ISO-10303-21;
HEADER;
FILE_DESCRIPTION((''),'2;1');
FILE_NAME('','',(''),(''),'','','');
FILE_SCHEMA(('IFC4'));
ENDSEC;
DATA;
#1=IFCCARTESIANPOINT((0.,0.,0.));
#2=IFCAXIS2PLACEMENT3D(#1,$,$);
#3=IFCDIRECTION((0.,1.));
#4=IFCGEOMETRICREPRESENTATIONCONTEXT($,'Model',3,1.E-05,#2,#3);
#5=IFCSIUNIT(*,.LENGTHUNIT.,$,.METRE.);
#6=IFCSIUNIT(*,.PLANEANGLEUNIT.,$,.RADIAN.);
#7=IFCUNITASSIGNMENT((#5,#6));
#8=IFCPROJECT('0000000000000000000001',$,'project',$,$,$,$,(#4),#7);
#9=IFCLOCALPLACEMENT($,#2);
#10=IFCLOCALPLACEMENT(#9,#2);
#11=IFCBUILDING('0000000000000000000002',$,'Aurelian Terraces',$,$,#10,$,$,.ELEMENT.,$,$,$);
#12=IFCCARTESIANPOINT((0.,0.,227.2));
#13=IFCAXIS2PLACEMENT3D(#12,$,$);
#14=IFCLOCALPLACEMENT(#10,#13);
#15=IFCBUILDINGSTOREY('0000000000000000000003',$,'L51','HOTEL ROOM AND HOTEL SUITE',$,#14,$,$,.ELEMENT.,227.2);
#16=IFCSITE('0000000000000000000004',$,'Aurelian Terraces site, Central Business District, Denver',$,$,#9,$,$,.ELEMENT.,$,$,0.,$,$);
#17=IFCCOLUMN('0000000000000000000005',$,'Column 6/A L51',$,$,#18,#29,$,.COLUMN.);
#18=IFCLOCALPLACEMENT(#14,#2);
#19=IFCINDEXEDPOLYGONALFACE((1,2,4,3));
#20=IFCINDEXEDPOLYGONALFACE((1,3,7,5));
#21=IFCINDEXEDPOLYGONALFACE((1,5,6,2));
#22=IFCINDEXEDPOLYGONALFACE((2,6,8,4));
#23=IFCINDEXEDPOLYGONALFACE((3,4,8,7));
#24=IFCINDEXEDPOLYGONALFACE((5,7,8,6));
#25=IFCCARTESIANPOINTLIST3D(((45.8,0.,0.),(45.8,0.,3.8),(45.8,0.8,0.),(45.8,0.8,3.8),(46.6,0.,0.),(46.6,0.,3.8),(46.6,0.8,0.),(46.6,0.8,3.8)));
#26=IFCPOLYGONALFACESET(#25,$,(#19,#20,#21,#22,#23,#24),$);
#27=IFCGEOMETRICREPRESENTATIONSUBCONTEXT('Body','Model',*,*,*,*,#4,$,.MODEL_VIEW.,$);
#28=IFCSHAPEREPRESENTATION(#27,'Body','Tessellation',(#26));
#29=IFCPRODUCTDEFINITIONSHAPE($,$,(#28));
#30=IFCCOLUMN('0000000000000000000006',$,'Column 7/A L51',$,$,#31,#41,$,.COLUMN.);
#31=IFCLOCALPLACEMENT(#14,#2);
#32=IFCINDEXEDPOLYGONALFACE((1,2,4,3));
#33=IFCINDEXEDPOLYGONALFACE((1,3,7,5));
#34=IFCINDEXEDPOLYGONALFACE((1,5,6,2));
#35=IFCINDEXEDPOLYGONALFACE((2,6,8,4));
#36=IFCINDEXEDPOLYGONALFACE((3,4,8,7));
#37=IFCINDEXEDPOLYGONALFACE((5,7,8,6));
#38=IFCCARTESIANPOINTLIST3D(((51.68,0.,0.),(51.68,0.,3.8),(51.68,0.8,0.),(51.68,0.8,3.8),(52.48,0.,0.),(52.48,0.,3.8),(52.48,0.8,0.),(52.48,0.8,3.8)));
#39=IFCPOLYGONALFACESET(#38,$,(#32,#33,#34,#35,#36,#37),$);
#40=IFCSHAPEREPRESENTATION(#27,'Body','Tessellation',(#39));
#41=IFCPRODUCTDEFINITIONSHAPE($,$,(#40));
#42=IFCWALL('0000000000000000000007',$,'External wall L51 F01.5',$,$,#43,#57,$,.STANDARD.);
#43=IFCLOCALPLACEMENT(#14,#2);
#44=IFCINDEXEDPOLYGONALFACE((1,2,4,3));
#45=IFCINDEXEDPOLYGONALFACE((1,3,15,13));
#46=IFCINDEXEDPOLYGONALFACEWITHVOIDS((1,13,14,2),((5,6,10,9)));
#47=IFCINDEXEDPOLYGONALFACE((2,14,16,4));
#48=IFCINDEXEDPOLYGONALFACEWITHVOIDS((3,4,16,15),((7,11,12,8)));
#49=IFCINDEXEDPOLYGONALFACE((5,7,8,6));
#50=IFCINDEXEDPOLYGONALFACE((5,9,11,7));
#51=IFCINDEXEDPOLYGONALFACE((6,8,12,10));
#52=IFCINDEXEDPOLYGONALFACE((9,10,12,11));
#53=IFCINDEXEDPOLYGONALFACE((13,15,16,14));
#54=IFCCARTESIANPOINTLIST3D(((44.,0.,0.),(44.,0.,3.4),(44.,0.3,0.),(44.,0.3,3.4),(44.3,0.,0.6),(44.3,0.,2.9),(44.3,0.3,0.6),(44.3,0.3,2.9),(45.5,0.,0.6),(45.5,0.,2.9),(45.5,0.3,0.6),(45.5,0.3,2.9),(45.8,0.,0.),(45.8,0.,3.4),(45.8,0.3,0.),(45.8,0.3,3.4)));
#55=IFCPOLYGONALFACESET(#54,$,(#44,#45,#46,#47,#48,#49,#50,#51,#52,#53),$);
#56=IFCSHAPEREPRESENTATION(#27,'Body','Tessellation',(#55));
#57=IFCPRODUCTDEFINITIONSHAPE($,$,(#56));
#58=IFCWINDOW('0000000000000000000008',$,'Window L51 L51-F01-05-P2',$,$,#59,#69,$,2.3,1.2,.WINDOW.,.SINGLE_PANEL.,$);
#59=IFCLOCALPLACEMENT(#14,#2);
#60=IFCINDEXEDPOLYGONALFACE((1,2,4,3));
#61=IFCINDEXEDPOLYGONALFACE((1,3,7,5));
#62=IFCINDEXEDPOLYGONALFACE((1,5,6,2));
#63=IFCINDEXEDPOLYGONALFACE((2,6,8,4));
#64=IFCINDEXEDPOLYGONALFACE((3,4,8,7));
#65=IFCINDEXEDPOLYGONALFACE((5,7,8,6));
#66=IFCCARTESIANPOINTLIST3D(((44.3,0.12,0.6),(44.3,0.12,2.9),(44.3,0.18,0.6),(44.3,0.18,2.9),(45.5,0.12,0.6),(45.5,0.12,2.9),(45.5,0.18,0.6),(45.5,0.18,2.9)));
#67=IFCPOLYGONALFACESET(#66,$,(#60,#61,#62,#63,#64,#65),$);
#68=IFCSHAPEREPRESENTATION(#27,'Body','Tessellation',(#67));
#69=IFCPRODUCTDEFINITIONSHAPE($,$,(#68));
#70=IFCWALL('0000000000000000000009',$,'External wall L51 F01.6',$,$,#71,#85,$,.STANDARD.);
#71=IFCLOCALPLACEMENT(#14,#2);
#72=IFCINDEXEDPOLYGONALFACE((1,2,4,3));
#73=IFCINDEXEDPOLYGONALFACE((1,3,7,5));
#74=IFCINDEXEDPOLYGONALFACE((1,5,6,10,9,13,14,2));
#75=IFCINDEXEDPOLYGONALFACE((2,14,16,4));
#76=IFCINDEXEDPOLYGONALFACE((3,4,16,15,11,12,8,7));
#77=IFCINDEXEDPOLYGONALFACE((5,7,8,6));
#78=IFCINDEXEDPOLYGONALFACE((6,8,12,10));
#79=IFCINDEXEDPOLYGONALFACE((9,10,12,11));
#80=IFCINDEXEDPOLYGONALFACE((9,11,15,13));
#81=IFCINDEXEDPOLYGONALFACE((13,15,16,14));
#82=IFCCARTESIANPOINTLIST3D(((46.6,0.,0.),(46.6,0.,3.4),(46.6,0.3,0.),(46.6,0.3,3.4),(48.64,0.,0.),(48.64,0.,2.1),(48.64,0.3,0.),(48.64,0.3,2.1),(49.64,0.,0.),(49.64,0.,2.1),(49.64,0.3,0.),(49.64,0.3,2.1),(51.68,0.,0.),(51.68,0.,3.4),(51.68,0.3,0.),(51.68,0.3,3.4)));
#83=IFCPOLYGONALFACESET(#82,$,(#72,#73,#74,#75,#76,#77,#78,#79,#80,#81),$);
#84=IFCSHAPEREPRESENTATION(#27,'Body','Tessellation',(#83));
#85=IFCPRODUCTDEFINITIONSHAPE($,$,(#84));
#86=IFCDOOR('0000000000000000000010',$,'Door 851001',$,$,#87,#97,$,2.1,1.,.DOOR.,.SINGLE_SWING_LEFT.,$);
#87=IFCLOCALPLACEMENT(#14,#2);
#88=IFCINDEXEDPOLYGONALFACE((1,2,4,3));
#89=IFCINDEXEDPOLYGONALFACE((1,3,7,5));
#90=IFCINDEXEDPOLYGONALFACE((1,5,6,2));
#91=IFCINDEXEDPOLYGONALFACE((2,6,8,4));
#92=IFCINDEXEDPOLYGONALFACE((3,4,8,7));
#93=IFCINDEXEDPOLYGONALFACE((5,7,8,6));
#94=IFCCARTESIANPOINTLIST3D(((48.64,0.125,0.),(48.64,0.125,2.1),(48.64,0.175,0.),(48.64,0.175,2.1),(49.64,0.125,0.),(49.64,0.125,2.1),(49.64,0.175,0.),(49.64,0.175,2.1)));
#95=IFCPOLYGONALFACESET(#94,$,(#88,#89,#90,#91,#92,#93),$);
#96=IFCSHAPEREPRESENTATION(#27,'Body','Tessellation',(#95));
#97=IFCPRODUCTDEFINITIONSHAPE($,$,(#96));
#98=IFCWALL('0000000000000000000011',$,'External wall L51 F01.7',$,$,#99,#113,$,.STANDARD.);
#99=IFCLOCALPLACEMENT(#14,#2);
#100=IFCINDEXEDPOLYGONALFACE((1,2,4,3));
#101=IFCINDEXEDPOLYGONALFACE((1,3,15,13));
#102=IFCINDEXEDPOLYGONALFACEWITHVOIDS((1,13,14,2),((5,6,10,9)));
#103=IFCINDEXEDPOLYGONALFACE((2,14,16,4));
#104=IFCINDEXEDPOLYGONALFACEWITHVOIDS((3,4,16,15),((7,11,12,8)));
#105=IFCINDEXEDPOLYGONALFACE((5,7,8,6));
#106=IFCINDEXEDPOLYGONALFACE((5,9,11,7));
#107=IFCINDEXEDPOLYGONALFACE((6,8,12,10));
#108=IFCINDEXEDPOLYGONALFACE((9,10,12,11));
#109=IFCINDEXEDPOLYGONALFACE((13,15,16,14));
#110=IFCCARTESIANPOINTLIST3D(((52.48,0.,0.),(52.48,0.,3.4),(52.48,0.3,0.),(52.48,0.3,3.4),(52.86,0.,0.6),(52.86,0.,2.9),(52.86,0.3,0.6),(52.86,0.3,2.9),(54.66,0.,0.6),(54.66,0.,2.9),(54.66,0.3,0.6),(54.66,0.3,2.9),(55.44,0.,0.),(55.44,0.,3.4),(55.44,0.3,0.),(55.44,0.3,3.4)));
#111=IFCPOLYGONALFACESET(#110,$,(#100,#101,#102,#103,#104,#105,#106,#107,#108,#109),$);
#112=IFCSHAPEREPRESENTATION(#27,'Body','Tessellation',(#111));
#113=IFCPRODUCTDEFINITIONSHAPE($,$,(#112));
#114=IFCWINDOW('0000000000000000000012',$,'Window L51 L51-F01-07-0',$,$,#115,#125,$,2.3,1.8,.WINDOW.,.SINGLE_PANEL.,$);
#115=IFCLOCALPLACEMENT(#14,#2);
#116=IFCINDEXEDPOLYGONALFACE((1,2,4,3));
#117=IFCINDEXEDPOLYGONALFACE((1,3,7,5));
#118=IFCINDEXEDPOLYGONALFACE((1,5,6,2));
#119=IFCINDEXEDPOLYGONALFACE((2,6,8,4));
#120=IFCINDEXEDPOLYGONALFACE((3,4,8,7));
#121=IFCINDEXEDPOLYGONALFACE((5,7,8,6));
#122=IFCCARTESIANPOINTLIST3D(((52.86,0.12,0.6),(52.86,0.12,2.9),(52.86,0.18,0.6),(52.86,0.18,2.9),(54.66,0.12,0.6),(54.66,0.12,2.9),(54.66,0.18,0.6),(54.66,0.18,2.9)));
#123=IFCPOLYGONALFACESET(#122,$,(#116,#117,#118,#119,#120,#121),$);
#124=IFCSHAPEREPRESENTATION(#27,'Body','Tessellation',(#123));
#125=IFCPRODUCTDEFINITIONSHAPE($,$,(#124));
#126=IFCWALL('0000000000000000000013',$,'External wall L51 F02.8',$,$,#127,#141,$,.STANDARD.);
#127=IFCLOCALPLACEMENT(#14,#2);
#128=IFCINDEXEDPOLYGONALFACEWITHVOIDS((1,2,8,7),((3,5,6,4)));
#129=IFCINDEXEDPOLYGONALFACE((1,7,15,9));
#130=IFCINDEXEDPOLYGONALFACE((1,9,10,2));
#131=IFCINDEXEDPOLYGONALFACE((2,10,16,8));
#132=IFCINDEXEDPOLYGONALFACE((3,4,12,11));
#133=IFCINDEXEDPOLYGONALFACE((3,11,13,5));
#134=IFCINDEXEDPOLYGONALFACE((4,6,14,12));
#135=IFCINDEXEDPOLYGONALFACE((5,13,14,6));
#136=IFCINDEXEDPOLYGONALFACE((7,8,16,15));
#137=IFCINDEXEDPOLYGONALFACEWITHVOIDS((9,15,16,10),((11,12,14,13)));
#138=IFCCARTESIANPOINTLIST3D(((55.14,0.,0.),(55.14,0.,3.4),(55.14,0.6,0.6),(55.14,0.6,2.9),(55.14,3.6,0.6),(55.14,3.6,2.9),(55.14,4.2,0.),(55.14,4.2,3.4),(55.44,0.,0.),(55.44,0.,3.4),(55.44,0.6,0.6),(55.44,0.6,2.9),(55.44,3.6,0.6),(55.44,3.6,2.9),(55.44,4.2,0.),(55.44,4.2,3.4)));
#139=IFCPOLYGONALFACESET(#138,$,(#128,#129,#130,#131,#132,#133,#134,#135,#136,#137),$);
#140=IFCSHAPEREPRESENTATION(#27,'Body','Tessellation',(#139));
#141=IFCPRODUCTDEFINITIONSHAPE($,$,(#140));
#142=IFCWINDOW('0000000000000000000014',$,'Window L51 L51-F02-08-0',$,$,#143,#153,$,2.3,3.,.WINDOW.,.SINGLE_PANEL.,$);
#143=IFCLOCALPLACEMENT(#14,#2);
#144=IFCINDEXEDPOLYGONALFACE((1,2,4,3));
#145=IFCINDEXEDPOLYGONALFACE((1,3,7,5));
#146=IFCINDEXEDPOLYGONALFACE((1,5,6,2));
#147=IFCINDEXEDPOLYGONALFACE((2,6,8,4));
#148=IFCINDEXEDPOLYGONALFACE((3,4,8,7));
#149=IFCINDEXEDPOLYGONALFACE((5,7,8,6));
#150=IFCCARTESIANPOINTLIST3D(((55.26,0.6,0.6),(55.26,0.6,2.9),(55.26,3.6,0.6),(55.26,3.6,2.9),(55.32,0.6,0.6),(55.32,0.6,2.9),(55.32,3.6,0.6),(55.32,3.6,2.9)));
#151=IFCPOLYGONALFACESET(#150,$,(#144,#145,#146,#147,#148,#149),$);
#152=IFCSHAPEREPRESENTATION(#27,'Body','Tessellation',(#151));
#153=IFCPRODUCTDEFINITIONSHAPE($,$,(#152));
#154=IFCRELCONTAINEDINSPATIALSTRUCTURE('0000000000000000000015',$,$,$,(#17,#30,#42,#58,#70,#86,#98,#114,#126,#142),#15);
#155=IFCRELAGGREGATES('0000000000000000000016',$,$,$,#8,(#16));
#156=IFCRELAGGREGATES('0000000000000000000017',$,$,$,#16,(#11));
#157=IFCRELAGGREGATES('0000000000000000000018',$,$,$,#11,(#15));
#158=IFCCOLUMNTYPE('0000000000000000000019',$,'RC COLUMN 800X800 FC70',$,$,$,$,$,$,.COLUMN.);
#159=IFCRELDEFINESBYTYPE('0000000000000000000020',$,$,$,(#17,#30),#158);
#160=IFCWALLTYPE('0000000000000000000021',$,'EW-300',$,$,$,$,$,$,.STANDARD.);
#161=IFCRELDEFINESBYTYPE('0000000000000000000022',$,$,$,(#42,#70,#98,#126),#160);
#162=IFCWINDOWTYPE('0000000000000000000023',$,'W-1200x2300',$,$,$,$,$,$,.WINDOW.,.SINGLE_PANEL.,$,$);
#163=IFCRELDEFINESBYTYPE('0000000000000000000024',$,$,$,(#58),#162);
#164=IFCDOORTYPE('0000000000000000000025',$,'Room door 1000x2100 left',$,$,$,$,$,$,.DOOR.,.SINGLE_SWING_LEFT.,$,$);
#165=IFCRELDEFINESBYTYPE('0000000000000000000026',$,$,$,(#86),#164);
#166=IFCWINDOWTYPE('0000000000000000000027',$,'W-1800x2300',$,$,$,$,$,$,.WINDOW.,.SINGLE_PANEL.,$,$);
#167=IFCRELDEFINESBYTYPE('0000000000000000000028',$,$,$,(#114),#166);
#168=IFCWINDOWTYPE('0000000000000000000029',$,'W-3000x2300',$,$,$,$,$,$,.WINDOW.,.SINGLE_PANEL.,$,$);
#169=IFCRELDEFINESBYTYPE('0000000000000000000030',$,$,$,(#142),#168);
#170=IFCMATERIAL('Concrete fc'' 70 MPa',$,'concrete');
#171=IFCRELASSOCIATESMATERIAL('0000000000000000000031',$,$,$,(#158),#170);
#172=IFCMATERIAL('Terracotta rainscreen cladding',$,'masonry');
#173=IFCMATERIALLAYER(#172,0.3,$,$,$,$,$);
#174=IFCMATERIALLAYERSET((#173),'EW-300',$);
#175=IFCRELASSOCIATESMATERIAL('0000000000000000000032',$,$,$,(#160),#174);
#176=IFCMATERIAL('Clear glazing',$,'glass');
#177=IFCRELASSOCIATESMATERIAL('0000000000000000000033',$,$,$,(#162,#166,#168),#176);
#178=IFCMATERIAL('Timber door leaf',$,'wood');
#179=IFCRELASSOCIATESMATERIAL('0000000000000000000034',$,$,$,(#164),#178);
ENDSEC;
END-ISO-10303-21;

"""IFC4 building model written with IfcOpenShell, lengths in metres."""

from ifc_helpers import new_model, si_unit, direction, frame, frame_2d, origin, origin_2d, place, context, subcontext, project, spatial, rectangle, extrude, source, transform, mapped, material, layer, layer_set, material_profile, profile_set, type_object, element, fill, save


model = new_model("IFC4")

# Units and contexts
model_context = context("Model", 3, precision=1e-05, world=origin(), true_north=direction((0.0, 1.0)))
body_context = subcontext(model_context, "Body", "Model", "MODEL_VIEW")
ifc_project = project(units=[si_unit("LENGTHUNIT", "METRE"), si_unit("PLANEANGLEUNIT", "RADIAN")], contexts=[model_context])

# Site, building, storey
site_placement = place(None, origin())
site = spatial("IfcSite", under=ifc_project, at=site_placement, Name="Aurelian Terraces site, Central Business District, Denver", CompositionType="ELEMENT", RefElevation=0.0)
building_placement = place(site_placement, origin())
building = spatial("IfcBuilding", under=site, at=building_placement, Name="Aurelian Terraces", CompositionType="ELEMENT")
storey_placement = place(building_placement, frame((0.0, 0.0, 227.2)))
storey = spatial("IfcBuildingStorey", under=building, at=storey_placement, Name="L51", Description="HOTEL ROOM AND HOTEL SUITE", CompositionType="ELEMENT", Elevation=227.2)

# Columns
ifc_material_1 = material(Name="Concrete fc' 70 MPa", Category="concrete")
ifc_material_profile = material_profile(ifc_material_1, rectangle(XDim=0.8, YDim=0.8, at=origin_2d()))
ifc_profile_set = profile_set([ifc_material_profile], Name="Concrete fc' 70 MPa")
column_type = type_object("IfcColumnType", Name="RC COLUMN 800X800 FC70", PredefinedType="COLUMN", material=ifc_profile_set)
shared_shape_1 = source(origin(), body_context, "Body", "SweptSolid", [
    extrude(rectangle(XDim=0.8, YDim=0.8, at=origin_2d()), origin(), (0.0, 0.0, 1.0), 3.8),
])
for number, where, z_axis, x_axis, name in (
    (1, (46.2, 0.4, 0.0), (0.0, 0.0, 1.0), (1.0, 0.0, 0.0), "Column 6/A L51"),
    (2, (52.08, 0.4, 0.0), (0.0, 0.0, 1.0), (1.0, 0.0, 0.0), "Column 7/A L51"),
):
    element("IfcColumn", number, at=place(storey_placement, frame(where, z_axis=z_axis, x_axis=x_axis)), inside=storey, type_object=column_type, Name=name, PredefinedType="COLUMN", context=body_context, shape_type="MappedRepresentation", body=[
        mapped(shared_shape_1, transform((0.0, 0.0, 0.0), scale=1.0)),
    ])

# Wall, opening, window
ifc_material_2 = material(Name="Terracotta rainscreen cladding", Category="masonry")
ifc_layer_1 = layer(ifc_material_2, 0.3)
ifc_layer_set_1 = layer_set([ifc_layer_1], Name="EW-300")
wall_type_1 = type_object("IfcWallType", Name="EW-300", PredefinedType="STANDARD", material=ifc_layer_set_1)
wall_1_placement = place(storey_placement, frame((44.0, 0.15, 0.0), z_axis=(0.0, 0.0, 1.0), x_axis=(1.0, 0.0, 0.0)))
wall_1 = element("IfcWall", 3, at=wall_1_placement, inside=storey, type_object=wall_type_1, Name="External wall L51 F01.5", PredefinedType="STANDARD", context=body_context, shape_type="SweptSolid", body=[
    extrude(rectangle(XDim=1.8, YDim=0.3, at=frame_2d((0.9, 0.0))), origin(), (0.0, 0.0, 1.0), 3.4),
])
shared_shape_2 = source(origin(), body_context, "Body", "SweptSolid", [
    extrude(rectangle(XDim=1.2, YDim=2.3, at=frame_2d((0.6, 1.15))), frame((0.0, 0.16, 0.0), z_axis=(0.0, -1.0, 0.0), x_axis=(1.0, 0.0, 0.0)), (0.0, 0.0, 1.0), 0.32),
])
opening_1_placement = place(wall_1_placement, frame((0.3, 0.0, 0.6)))
opening_1 = element("IfcOpeningElement", 4, at=opening_1_placement, cuts=wall_1, PredefinedType="OPENING", context=body_context, shape_type="MappedRepresentation", body=[
    mapped(shared_shape_2, transform((0.0, 0.0, 0.0), scale=1.0)),
])
ifc_material_3 = material(Name="Clear glazing", Category="glass")
window_type_1 = type_object("IfcWindowType", Name="W-1200x2300", PartitioningType="SINGLE_PANEL", PredefinedType="WINDOW", material=ifc_material_3)
shared_shape_3 = source(origin(), body_context, "Body", "SweptSolid", [
    extrude(rectangle(XDim=1.2, YDim=2.3, at=frame_2d((0.6, 1.15))), frame((0.0, 0.03, 0.0), z_axis=(0.0, -1.0, 0.0), x_axis=(1.0, 0.0, 0.0)), (0.0, 0.0, 1.0), 0.06),
])
window_1_placement = place(opening_1_placement, origin())
window_1 = element("IfcWindow", 5, at=window_1_placement, inside=storey, type_object=window_type_1, Name="Window L51 L51-F01-05-P2", OverallHeight=2.3, OverallWidth=1.2, PartitioningType="SINGLE_PANEL", PredefinedType="WINDOW", context=body_context, shape_type="MappedRepresentation", body=[
    mapped(shared_shape_3, transform((0.0, 0.0, 0.0), scale=1.0)),
])
fill(opening_1, window_1)

# Wall, opening, door
wall_2_placement = place(storey_placement, frame((46.6, 0.15, 0.0), z_axis=(0.0, 0.0, 1.0), x_axis=(1.0, 0.0, 0.0)))
wall_2 = element("IfcWall", 6, at=wall_2_placement, inside=storey, type_object=wall_type_1, Name="External wall L51 F01.6", PredefinedType="STANDARD", context=body_context, shape_type="SweptSolid", body=[
    extrude(rectangle(XDim=5.08, YDim=0.3, at=frame_2d((2.54, 0.0))), origin(), (0.0, 0.0, 1.0), 3.4),
])
shared_shape_4 = source(origin(), body_context, "Body", "SweptSolid", [
    extrude(rectangle(XDim=1.0, YDim=2.1, at=frame_2d((0.5, 1.05))), frame((0.0, 0.16, 0.0), z_axis=(0.0, -1.0, 0.0), x_axis=(1.0, 0.0, 0.0)), (0.0, 0.0, 1.0), 0.32),
])
opening_2_placement = place(wall_2_placement, frame((2.04, 0.0, 0.0)))
opening_2 = element("IfcOpeningElement", 7, at=opening_2_placement, cuts=wall_2, PredefinedType="OPENING", context=body_context, shape_type="MappedRepresentation", body=[
    mapped(shared_shape_4, transform((0.0, 0.0, 0.0), scale=1.0)),
])
ifc_material_4 = material(Name="Timber door leaf", Category="wood")
door_type = type_object("IfcDoorType", Name="Room door 1000x2100 left", OperationType="SINGLE_SWING_LEFT", PredefinedType="DOOR", material=ifc_material_4)
shared_shape_5 = source(origin(), body_context, "Body", "SweptSolid", [
    extrude(rectangle(XDim=1.0, YDim=2.1, at=frame_2d((0.5, 1.05))), frame((0.0, 0.025, 0.0), z_axis=(0.0, -1.0, 0.0), x_axis=(1.0, 0.0, 0.0)), (0.0, 0.0, 1.0), 0.05),
])
door_placement = place(opening_2_placement, origin())
door = element("IfcDoor", 8, at=door_placement, inside=storey, type_object=door_type, Name="Door 851001", OperationType="SINGLE_SWING_LEFT", OverallHeight=2.1, OverallWidth=1.0, PredefinedType="DOOR", context=body_context, shape_type="MappedRepresentation", body=[
    mapped(shared_shape_5, transform((0.0, 0.0, 0.0), scale=1.0)),
])
fill(opening_2, door)

# Walls, openings, windows
wall_3_placement = place(storey_placement, frame((52.48, 0.15, 0.0), z_axis=(0.0, 0.0, 1.0), x_axis=(1.0, 0.0, 0.0)))
wall_3 = element("IfcWall", 9, at=wall_3_placement, inside=storey, type_object=wall_type_1, Name="External wall L51 F01.7", PredefinedType="STANDARD", context=body_context, shape_type="SweptSolid", body=[
    extrude(rectangle(XDim=2.96, YDim=0.3, at=frame_2d((1.48, 0.0))), origin(), (0.0, 0.0, 1.0), 3.4),
])
shared_shape_6 = source(origin(), body_context, "Body", "SweptSolid", [
    extrude(rectangle(XDim=1.8, YDim=2.3, at=frame_2d((0.9, 1.15))), frame((0.0, 0.16, 0.0), z_axis=(0.0, -1.0, 0.0), x_axis=(1.0, 0.0, 0.0)), (0.0, 0.0, 1.0), 0.32),
])
opening_3_placement = place(wall_3_placement, frame((0.38, 0.0, 0.6)))
opening_3 = element("IfcOpeningElement", 10, at=opening_3_placement, cuts=wall_3, PredefinedType="OPENING", context=body_context, shape_type="MappedRepresentation", body=[
    mapped(shared_shape_6, transform((0.0, 0.0, 0.0), scale=1.0)),
])
window_type_2 = type_object("IfcWindowType", Name="W-1800x2300", PartitioningType="SINGLE_PANEL", PredefinedType="WINDOW", material=ifc_material_3)
shared_shape_7 = source(origin(), body_context, "Body", "SweptSolid", [
    extrude(rectangle(XDim=1.8, YDim=2.3, at=frame_2d((0.9, 1.15))), frame((0.0, 0.03, 0.0), z_axis=(0.0, -1.0, 0.0), x_axis=(1.0, 0.0, 0.0)), (0.0, 0.0, 1.0), 0.06),
])
window_2_placement = place(opening_3_placement, origin())
window_2 = element("IfcWindow", 11, at=window_2_placement, inside=storey, type_object=window_type_2, Name="Window L51 L51-F01-07-0", OverallHeight=2.3, OverallWidth=1.8, PartitioningType="SINGLE_PANEL", PredefinedType="WINDOW", context=body_context, shape_type="MappedRepresentation", body=[
    mapped(shared_shape_7, transform((0.0, 0.0, 0.0), scale=1.0)),
])
fill(opening_3, window_2)
shared_shape_8 = source(origin(), body_context, "Body", "SweptSolid", [
    extrude(rectangle(XDim=4.2, YDim=0.3, at=frame_2d((2.1, 0.0))), origin(), (0.0, 0.0, 1.0), 3.4),
])
wall_4_placement = place(storey_placement, frame((55.29, 0.0, 0.0), z_axis=(0.0, 0.0, 1.0), x_axis=(0.0, 1.0, 0.0)))
wall_4 = element("IfcWall", 12, at=wall_4_placement, inside=storey, type_object=wall_type_1, Name="External wall L51 F02.8", PredefinedType="STANDARD", context=body_context, shape_type="MappedRepresentation", body=[
    mapped(shared_shape_8, transform((0.0, 0.0, 0.0), scale=1.0)),
])
shared_shape_9 = source(origin(), body_context, "Body", "SweptSolid", [
    extrude(rectangle(XDim=3.0, YDim=2.3, at=frame_2d((1.5, 1.15))), frame((0.0, 0.16, 0.0), z_axis=(0.0, -1.0, 0.0), x_axis=(1.0, 0.0, 0.0)), (0.0, 0.0, 1.0), 0.32),
])
opening_4_placement = place(wall_4_placement, frame((0.6, 0.0, 0.6)))
opening_4 = element("IfcOpeningElement", 13, at=opening_4_placement, cuts=wall_4, PredefinedType="OPENING", context=body_context, shape_type="MappedRepresentation", body=[
    mapped(shared_shape_9, transform((0.0, 0.0, 0.0), scale=1.0)),
])
window_type_3 = type_object("IfcWindowType", Name="W-3000x2300", PartitioningType="SINGLE_PANEL", PredefinedType="WINDOW", material=ifc_material_3)
shared_shape_10 = source(origin(), body_context, "Body", "SweptSolid", [
    extrude(rectangle(XDim=3.0, YDim=2.3, at=frame_2d((1.5, 1.15))), frame((0.0, 0.03, 0.0), z_axis=(0.0, -1.0, 0.0), x_axis=(1.0, 0.0, 0.0)), (0.0, 0.0, 1.0), 0.06),
])
window_3_placement = place(opening_4_placement, origin())
window_3 = element("IfcWindow", 14, at=window_3_placement, inside=storey, type_object=window_type_3, Name="Window L51 L51-F02-08-0", OverallHeight=2.3, OverallWidth=3.0, PartitioningType="SINGLE_PANEL", PredefinedType="WINDOW", context=body_context, shape_type="MappedRepresentation", body=[
    mapped(shared_shape_10, transform((0.0, 0.0, 0.0), scale=1.0)),
])
fill(opening_4, window_3)

save(model, "model.ifc")
